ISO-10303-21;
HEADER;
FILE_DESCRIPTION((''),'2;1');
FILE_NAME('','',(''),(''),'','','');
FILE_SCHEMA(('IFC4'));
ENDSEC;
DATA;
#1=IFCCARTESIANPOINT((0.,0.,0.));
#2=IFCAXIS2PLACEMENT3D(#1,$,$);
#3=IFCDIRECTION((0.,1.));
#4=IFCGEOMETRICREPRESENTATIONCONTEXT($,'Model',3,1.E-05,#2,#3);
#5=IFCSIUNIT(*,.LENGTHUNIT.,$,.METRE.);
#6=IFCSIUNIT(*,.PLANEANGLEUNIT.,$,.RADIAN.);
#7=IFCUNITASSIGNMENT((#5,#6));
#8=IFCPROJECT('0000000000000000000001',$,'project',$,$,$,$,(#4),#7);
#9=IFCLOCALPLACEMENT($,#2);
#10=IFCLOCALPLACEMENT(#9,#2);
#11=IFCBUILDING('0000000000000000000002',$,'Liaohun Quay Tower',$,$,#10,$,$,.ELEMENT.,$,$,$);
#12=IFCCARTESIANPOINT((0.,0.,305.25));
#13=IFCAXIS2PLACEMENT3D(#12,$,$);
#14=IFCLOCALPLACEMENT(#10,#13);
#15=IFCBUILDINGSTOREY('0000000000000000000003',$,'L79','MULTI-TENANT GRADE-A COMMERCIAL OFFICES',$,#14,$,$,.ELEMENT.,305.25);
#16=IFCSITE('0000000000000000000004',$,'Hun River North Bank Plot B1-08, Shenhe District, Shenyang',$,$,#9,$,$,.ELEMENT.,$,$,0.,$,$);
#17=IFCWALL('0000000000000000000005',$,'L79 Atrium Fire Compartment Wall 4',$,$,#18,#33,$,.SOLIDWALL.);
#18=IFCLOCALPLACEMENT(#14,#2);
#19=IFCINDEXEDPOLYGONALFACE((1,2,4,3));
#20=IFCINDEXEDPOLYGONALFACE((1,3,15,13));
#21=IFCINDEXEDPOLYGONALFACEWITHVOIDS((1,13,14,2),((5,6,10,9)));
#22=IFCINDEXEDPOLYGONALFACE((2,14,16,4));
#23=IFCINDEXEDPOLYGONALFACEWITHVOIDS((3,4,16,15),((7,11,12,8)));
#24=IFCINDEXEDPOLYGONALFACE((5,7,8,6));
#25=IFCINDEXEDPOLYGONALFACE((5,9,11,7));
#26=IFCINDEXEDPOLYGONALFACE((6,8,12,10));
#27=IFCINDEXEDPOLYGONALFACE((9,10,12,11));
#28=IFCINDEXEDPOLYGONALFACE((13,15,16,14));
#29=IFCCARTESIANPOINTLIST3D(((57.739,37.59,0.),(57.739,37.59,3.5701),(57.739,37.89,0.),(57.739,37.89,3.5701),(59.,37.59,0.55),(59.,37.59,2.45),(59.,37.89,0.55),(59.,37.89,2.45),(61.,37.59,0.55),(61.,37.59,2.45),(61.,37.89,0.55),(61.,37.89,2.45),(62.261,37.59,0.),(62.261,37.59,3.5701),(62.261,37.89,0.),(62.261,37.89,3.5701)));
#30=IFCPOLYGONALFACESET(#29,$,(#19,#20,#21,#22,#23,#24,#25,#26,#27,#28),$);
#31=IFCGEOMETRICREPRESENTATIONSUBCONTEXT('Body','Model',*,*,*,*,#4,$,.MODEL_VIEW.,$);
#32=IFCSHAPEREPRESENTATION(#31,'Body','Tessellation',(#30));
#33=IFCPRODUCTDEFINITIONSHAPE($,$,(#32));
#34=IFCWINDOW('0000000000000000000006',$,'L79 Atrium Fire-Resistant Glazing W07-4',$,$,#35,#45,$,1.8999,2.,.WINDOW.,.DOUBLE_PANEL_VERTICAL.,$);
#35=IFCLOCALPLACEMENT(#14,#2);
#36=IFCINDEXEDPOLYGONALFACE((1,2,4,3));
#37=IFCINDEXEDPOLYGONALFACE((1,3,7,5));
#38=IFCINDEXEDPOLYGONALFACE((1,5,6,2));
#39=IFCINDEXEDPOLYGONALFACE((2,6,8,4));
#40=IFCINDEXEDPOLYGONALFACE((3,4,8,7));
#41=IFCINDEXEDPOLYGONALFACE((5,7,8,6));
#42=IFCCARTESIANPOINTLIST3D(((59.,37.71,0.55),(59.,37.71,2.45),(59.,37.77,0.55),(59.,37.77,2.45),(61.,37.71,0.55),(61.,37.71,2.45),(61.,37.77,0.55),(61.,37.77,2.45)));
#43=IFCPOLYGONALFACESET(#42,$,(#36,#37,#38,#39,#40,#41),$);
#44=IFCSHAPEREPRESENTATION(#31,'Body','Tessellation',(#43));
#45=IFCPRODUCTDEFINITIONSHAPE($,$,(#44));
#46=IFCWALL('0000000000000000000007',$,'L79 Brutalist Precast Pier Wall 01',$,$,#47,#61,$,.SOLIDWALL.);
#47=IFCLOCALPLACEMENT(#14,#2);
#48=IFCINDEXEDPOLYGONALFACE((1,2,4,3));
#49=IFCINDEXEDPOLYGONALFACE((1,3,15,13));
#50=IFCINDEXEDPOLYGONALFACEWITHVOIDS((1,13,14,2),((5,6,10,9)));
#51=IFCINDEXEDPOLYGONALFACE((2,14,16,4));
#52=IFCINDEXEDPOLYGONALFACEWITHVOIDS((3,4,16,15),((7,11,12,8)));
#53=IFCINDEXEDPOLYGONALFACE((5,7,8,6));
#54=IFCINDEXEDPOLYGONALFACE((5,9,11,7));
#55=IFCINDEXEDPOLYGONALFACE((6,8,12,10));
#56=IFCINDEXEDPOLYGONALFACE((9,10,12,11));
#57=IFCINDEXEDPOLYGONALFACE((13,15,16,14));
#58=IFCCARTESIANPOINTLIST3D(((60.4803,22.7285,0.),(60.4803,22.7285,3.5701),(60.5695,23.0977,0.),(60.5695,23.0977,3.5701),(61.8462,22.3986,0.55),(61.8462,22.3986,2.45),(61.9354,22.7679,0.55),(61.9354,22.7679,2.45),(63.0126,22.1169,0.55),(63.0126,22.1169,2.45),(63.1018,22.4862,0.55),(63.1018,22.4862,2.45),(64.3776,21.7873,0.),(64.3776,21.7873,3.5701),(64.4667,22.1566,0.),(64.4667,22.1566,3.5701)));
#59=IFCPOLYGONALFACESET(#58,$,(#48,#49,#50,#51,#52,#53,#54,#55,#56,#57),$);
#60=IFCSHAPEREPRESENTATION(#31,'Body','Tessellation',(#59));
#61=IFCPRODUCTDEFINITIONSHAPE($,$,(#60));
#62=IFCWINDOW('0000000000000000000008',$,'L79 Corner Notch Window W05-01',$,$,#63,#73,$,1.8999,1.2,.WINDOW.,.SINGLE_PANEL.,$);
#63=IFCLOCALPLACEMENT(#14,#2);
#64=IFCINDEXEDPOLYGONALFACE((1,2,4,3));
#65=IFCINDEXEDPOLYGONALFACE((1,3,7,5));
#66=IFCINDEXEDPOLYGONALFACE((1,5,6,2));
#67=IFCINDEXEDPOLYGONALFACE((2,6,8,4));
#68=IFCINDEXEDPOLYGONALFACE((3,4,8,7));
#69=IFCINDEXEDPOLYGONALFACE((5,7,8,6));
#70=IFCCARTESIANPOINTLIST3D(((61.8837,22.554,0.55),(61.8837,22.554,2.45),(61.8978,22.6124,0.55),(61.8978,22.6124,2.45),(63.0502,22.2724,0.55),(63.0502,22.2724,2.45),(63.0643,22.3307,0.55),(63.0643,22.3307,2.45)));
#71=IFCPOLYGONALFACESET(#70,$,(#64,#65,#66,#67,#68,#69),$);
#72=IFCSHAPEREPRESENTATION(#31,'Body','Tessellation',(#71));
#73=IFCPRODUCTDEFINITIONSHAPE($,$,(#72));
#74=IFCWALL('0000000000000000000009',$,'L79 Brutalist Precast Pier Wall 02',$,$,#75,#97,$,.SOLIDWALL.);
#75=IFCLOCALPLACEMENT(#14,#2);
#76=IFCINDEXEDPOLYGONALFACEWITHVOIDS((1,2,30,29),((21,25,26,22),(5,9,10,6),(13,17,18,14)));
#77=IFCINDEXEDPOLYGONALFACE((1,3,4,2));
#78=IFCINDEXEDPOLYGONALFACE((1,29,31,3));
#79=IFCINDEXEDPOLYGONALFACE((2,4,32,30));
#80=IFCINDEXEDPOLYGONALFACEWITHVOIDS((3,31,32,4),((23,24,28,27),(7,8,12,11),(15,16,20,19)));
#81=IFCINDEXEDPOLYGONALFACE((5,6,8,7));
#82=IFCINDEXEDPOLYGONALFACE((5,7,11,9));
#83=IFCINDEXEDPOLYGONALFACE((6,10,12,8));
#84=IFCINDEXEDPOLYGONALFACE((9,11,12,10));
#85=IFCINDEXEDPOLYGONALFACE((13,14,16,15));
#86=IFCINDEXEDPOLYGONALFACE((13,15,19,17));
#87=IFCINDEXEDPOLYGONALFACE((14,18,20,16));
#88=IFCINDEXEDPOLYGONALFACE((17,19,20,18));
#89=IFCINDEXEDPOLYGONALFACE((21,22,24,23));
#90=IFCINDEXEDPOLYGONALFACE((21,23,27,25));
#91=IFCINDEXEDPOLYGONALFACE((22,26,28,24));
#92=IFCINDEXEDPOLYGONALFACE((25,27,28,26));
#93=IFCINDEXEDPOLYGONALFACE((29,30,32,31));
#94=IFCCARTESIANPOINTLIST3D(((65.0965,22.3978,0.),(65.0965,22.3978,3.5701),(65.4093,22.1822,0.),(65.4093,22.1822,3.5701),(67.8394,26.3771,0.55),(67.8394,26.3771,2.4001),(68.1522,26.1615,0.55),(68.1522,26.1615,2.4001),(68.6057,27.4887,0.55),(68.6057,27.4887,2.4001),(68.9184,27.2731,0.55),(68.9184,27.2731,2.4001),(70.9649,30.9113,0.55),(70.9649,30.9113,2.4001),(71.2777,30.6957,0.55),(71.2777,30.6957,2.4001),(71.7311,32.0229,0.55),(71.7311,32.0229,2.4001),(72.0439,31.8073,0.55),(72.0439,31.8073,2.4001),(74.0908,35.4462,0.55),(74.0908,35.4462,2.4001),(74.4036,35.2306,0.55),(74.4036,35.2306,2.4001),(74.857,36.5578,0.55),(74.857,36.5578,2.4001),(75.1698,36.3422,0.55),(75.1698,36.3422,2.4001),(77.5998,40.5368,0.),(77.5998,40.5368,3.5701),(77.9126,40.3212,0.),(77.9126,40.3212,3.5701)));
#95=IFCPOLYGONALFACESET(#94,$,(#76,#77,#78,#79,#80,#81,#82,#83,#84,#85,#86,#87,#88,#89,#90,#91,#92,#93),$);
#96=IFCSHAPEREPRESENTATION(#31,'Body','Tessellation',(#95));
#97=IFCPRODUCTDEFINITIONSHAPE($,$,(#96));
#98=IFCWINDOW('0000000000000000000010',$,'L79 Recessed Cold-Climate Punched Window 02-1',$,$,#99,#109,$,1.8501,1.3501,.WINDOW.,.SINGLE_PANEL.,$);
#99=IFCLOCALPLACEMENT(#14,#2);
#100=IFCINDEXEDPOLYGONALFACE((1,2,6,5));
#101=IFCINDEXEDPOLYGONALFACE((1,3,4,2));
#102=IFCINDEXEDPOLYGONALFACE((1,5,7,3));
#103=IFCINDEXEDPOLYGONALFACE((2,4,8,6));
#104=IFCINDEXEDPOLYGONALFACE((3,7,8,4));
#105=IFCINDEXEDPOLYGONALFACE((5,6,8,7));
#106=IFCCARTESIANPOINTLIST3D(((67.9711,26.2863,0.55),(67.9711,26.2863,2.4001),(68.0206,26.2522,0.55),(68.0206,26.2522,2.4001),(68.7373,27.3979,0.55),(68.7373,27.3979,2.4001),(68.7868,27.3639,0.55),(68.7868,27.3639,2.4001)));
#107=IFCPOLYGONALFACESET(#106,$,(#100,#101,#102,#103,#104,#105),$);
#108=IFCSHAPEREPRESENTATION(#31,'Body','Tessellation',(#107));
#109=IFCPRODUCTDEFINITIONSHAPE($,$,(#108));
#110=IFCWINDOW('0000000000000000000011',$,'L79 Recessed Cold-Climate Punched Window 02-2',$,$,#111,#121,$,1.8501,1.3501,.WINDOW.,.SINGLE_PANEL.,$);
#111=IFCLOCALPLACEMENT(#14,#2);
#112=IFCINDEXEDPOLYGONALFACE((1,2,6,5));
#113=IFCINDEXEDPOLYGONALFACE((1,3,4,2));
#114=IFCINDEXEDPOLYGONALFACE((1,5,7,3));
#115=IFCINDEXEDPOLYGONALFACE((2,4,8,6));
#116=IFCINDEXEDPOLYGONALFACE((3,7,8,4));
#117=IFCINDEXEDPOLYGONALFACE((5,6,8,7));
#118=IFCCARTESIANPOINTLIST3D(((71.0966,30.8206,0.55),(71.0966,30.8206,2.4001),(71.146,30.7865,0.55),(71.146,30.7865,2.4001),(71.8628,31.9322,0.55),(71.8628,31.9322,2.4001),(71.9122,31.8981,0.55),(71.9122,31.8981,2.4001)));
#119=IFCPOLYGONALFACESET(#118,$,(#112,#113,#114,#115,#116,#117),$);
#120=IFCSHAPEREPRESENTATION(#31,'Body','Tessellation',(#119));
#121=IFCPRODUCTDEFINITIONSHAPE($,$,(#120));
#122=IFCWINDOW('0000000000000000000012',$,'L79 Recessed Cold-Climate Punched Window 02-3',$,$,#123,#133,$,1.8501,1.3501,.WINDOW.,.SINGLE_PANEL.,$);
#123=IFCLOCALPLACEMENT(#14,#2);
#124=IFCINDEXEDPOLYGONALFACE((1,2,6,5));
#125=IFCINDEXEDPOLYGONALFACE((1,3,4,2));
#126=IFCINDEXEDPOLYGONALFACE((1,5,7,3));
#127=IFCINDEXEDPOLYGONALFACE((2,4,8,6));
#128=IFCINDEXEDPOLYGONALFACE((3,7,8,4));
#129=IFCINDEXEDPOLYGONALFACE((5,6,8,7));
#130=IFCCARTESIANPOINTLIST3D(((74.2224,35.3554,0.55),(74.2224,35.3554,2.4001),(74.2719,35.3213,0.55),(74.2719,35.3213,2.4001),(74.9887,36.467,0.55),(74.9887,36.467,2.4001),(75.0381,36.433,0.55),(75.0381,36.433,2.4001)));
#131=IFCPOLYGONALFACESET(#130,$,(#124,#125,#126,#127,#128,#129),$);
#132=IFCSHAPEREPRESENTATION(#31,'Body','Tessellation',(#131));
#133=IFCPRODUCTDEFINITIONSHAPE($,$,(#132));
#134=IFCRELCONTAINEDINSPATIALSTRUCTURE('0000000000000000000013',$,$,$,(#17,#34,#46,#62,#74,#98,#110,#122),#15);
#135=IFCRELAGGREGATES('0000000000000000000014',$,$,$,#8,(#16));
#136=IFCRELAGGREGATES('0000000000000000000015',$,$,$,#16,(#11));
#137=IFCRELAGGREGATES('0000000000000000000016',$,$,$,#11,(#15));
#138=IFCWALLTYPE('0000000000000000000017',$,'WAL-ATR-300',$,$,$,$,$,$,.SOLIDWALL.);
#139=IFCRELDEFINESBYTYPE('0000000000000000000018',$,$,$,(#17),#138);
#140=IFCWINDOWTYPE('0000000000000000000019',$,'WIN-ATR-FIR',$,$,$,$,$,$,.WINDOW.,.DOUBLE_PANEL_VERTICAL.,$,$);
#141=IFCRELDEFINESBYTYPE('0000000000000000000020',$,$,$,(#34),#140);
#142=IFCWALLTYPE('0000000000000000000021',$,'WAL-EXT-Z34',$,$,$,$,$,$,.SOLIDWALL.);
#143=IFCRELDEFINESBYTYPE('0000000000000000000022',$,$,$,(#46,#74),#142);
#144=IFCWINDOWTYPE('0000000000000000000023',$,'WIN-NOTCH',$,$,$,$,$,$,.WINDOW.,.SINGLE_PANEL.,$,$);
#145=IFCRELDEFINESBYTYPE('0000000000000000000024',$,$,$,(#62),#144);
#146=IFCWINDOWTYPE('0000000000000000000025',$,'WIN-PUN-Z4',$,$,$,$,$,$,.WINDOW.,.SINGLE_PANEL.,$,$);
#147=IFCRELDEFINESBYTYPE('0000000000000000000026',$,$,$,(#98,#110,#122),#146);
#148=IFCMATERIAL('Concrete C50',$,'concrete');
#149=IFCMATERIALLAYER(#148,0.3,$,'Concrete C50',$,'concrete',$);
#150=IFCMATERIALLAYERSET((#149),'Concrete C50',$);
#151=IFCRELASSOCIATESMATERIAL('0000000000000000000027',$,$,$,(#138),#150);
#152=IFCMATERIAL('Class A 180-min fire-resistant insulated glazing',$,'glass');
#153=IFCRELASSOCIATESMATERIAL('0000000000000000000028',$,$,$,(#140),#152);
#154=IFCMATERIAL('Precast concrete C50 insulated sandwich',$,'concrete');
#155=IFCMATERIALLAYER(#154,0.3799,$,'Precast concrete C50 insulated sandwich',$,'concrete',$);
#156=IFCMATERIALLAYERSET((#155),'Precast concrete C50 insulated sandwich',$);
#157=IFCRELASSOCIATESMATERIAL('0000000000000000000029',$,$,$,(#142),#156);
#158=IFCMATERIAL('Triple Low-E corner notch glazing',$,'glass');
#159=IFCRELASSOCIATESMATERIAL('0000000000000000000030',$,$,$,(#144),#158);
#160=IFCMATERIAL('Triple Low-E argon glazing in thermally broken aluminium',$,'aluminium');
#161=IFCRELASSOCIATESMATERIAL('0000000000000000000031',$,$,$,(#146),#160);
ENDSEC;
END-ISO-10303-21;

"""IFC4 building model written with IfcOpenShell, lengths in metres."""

from ifc_helpers import new_model, si_unit, direction, frame, frame_2d, origin, place, context, subcontext, project, spatial, rectangle, extrude, source, transform, mapped, material, layer, layer_set, type_object, element, fill, save


model = new_model("IFC4")

# Units and contexts
model_context = context("Model", 3, precision=1e-05, world=origin(), true_north=direction((0.0, 1.0)))
body_context = subcontext(model_context, "Body", "Model", "MODEL_VIEW")
ifc_project = project(units=[si_unit("LENGTHUNIT", "METRE"), si_unit("PLANEANGLEUNIT", "RADIAN")], contexts=[model_context])

# Site, building, storey
site_placement = place(None, origin())
site = spatial("IfcSite", under=ifc_project, at=site_placement, Name="Hun River North Bank Plot B1-08, Shenhe District, Shenyang", CompositionType="ELEMENT", RefElevation=0.0)
building_placement = place(site_placement, origin())
building = spatial("IfcBuilding", under=site, at=building_placement, Name="Liaohun Quay Tower", CompositionType="ELEMENT")
storey_placement = place(building_placement, frame((0.0, 0.0, 305.25)))
storey = spatial("IfcBuildingStorey", under=building, at=storey_placement, Name="L79", Description="MULTI-TENANT GRADE-A COMMERCIAL OFFICES", CompositionType="ELEMENT", Elevation=305.25)

# Shared definitions
ifc_material_1 = material(Name="Concrete C50", Category="concrete")

# Walls, openings, windows
ifc_layer_1 = layer(ifc_material_1, 0.3, Name="Concrete C50", Category="concrete")
ifc_layer_set_1 = layer_set([ifc_layer_1], Name="Concrete C50")
wall_type_1 = type_object("IfcWallType", Name="WAL-ATR-300", PredefinedType="SOLIDWALL", material=ifc_layer_set_1)
shared_shape_1 = source(origin(), body_context, "Body", "SweptSolid", [
    extrude(rectangle(XDim=2.0, YDim=1.8999, at=frame_2d((1.0, 0.95))), frame((0.0, 0.1599, 0.0), z_axis=(0.0, -1.0, 0.0), x_axis=(1.0, 0.0, 0.0)), (0.0, 0.0, 1.0), 0.3201),
])
ifc_material_2 = material(Name="Class A 180-min fire-resistant insulated glazing", Category="glass")
window_type_1 = type_object("IfcWindowType", Name="WIN-ATR-FIR", PartitioningType="DOUBLE_PANEL_VERTICAL", PredefinedType="WINDOW", material=ifc_material_2)
shared_shape_2 = source(origin(), body_context, "Body", "SweptSolid", [
    extrude(rectangle(XDim=2.0, YDim=1.8999, at=frame_2d((1.0, 0.95))), frame((0.0, 0.03, 0.0), z_axis=(0.0, -1.0, 0.0), x_axis=(1.0, 0.0, 0.0)), (0.0, 0.0, 1.0), 0.0601),
])
wall_1_placement = place(storey_placement, frame((62.261, 37.74, 0.0), z_axis=(0.0, 0.0, 1.0), x_axis=(-1.0, 0.0, 0.0)))
wall_1 = element("IfcWall", 1, at=wall_1_placement, inside=storey, type_object=wall_type_1, Name="L79 Atrium Fire Compartment Wall 4", PredefinedType="SOLIDWALL", context=body_context, shape_type="SweptSolid", body=[
    extrude(rectangle(XDim=4.522, YDim=0.3, at=frame_2d((2.261, 0.0))), origin(), (0.0, 0.0, 1.0), 3.5701),
])
opening_1_placement = place(wall_1_placement, frame((1.261, 0.0, 0.55)))
opening_1 = element("IfcOpeningElement", 2, at=opening_1_placement, cuts=wall_1, PredefinedType="OPENING", context=body_context, shape_type="MappedRepresentation", body=[
    mapped(shared_shape_1, transform((0.0, 0.0, 0.0), x_axis=(1.0, 0.0, 0.0), y_axis=(0.0, 1.0, 0.0), z_axis=(0.0, 0.0, 1.0), scale=1.0)),
])
window_1_placement = place(opening_1_placement, origin())
window_1 = element("IfcWindow", 3, at=window_1_placement, inside=storey, type_object=window_type_1, Name="L79 Atrium Fire-Resistant Glazing W07-4", OverallHeight=1.8999, OverallWidth=2.0, PartitioningType="DOUBLE_PANEL_VERTICAL", PredefinedType="WINDOW", context=body_context, shape_type="MappedRepresentation", body=[
    mapped(shared_shape_2, transform((0.0, 0.0, 0.0), x_axis=(1.0, 0.0, 0.0), y_axis=(0.0, 1.0, 0.0), z_axis=(0.0, 0.0, 1.0), scale=1.0)),
])
fill(opening_1, window_1)
ifc_material_3 = material(Name="Precast concrete C50 insulated sandwich", Category="concrete")
ifc_layer_2 = layer(ifc_material_3, 0.3799, Name="Precast concrete C50 insulated sandwich", Category="concrete")
ifc_layer_set_2 = layer_set([ifc_layer_2], Name="Precast concrete C50 insulated sandwich")
wall_type_2 = type_object("IfcWallType", Name="WAL-EXT-Z34", PredefinedType="SOLIDWALL", material=ifc_layer_set_2)
wall_2_placement = place(storey_placement, frame((60.5249, 22.9131, 0.0), z_axis=(0.0, 0.0, 1.0), x_axis=(0.972056, -0.234748, 0.0)))
wall_2 = element("IfcWall", 4, at=wall_2_placement, inside=storey, type_object=wall_type_2, Name="L79 Brutalist Precast Pier Wall 01", PredefinedType="SOLIDWALL", context=body_context, shape_type="SweptSolid", body=[
    extrude(rectangle(XDim=4.0093, YDim=0.3799, at=frame_2d((2.0046, 0.0))), origin(), (0.0, 0.0, 1.0), 3.5701),
])
shared_shape_3 = source(origin(), body_context, "Body", "SweptSolid", [
    extrude(rectangle(XDim=1.2, YDim=1.8999, at=frame_2d((0.6001, 0.95))), frame((0.0, 0.2, 0.0), z_axis=(0.0, -1.0, 0.0), x_axis=(1.0, 0.0, 0.0)), (0.0, 0.0, 1.0), 0.3999),
])
opening_2_placement = place(wall_2_placement, frame((1.405, 0.0, 0.55)))
opening_2 = element("IfcOpeningElement", 5, at=opening_2_placement, cuts=wall_2, PredefinedType="OPENING", context=body_context, shape_type="MappedRepresentation", body=[
    mapped(shared_shape_3, transform((0.0, 0.0, 0.0), x_axis=(1.0, 0.0, 0.0), y_axis=(0.0, 1.0, 0.0), z_axis=(0.0, 0.0, 1.0), scale=1.0)),
])
ifc_material_4 = material(Name="Triple Low-E corner notch glazing", Category="glass")
window_type_2 = type_object("IfcWindowType", Name="WIN-NOTCH", PartitioningType="SINGLE_PANEL", PredefinedType="WINDOW", material=ifc_material_4)
shared_shape_4 = source(origin(), body_context, "Body", "SweptSolid", [
    extrude(rectangle(XDim=1.2, YDim=1.8999, at=frame_2d((0.6001, 0.95))), frame((0.0, 0.03, 0.0), z_axis=(0.0, -1.0, 0.0), x_axis=(1.0, 0.0, 0.0)), (0.0, 0.0, 1.0), 0.0601),
])
window_2_placement = place(opening_2_placement, origin())
window_2 = element("IfcWindow", 6, at=window_2_placement, inside=storey, type_object=window_type_2, Name="L79 Corner Notch Window W05-01", OverallHeight=1.8999, OverallWidth=1.2, PartitioningType="SINGLE_PANEL", PredefinedType="WINDOW", context=body_context, shape_type="MappedRepresentation", body=[
    mapped(shared_shape_4, transform((0.0, 0.0, 0.0), x_axis=(1.0, 0.0, 0.0), y_axis=(0.0, 1.0, 0.0), z_axis=(0.0, 0.0, 1.0), scale=1.0)),
])
fill(opening_2, window_2)

# Wall, openings, windows
wall_3_placement = place(storey_placement, frame((65.2529, 22.29, 0.0), z_axis=(0.0, 0.0, 1.0), x_axis=(0.567535, 0.823349, 0.0)))
wall_3 = element("IfcWall", 7, at=wall_3_placement, inside=storey, type_object=wall_type_2, Name="L79 Brutalist Precast Pier Wall 02", PredefinedType="SOLIDWALL", context=body_context, shape_type="SweptSolid", body=[
    extrude(rectangle(XDim=22.0308, YDim=0.3799, at=frame_2d((11.0154, 0.0))), origin(), (0.0, 0.0, 1.0), 3.5701),
])
shared_shape_5 = source(origin(), body_context, "Body", "SweptSolid", [
    extrude(rectangle(XDim=1.3501, YDim=1.8501, at=frame_2d((0.675, 0.925))), frame((0.0, 0.2, 0.0), z_axis=(0.0, -1.0, 0.0), x_axis=(1.0, 0.0, 0.0)), (0.0, 0.0, 1.0), 0.3999),
])
opening_3_placement = place(wall_3_placement, frame((4.833, 0.0, 0.55)))
opening_3 = element("IfcOpeningElement", 8, at=opening_3_placement, cuts=wall_3, PredefinedType="OPENING", context=body_context, shape_type="MappedRepresentation", body=[
    mapped(shared_shape_5, transform((0.0, 0.0, 0.0), x_axis=(1.0, 0.0, 0.0), y_axis=(0.0, 1.0, 0.0), z_axis=(0.0, 0.0, 1.0), scale=1.0)),
])
opening_4_placement = place(wall_3_placement, frame((10.3401, 0.0, 0.55)))
opening_4 = element("IfcOpeningElement", 9, at=opening_4_placement, cuts=wall_3, PredefinedType="OPENING", context=body_context, shape_type="MappedRepresentation", body=[
    mapped(shared_shape_5, transform((0.0, 0.0, 0.0), x_axis=(1.0, 0.0, 0.0), y_axis=(0.0, 1.0, 0.0), z_axis=(0.0, 0.0, 1.0), scale=1.0)),
])
opening_5_placement = place(wall_3_placement, frame((15.8479, 0.0, 0.55)))
opening_5 = element("IfcOpeningElement", 10, at=opening_5_placement, cuts=wall_3, PredefinedType="OPENING", context=body_context, shape_type="MappedRepresentation", body=[
    mapped(shared_shape_5, transform((0.0, 0.0, 0.0), x_axis=(1.0, 0.0, 0.0), y_axis=(0.0, 1.0, 0.0), z_axis=(0.0, 0.0, 1.0), scale=1.0)),
])
ifc_material_5 = material(Name="Triple Low-E argon glazing in thermally broken aluminium", Category="aluminium")
window_type_3 = type_object("IfcWindowType", Name="WIN-PUN-Z4", PartitioningType="SINGLE_PANEL", PredefinedType="WINDOW", material=ifc_material_5)
shared_shape_6 = source(origin(), body_context, "Body", "SweptSolid", [
    extrude(rectangle(XDim=1.3501, YDim=1.8501, at=frame_2d((0.675, 0.925))), frame((0.0, 0.03, 0.0), z_axis=(0.0, -1.0, 0.0), x_axis=(1.0, 0.0, 0.0)), (0.0, 0.0, 1.0), 0.0601),
])
window_3_placement = place(opening_3_placement, origin())
window_3 = element("IfcWindow", 11, at=window_3_placement, inside=storey, type_object=window_type_3, Name="L79 Recessed Cold-Climate Punched Window 02-1", OverallHeight=1.8501, OverallWidth=1.3501, PartitioningType="SINGLE_PANEL", PredefinedType="WINDOW", context=body_context, shape_type="MappedRepresentation", body=[
    mapped(shared_shape_6, transform((0.0, 0.0, 0.0), x_axis=(1.0, 0.0, 0.0), y_axis=(0.0, 1.0, 0.0), z_axis=(0.0, 0.0, 1.0), scale=1.0)),
])
fill(opening_3, window_3)
window_4_placement = place(opening_4_placement, origin())
window_4 = element("IfcWindow", 12, at=window_4_placement, inside=storey, type_object=window_type_3, Name="L79 Recessed Cold-Climate Punched Window 02-2", OverallHeight=1.8501, OverallWidth=1.3501, PartitioningType="SINGLE_PANEL", PredefinedType="WINDOW", context=body_context, shape_type="MappedRepresentation", body=[
    mapped(shared_shape_6, transform((0.0, 0.0, 0.0), x_axis=(1.0, 0.0, 0.0), y_axis=(0.0, 1.0, 0.0), z_axis=(0.0, 0.0, 1.0), scale=1.0)),
])
fill(opening_4, window_4)
window_5_placement = place(opening_5_placement, origin())
window_5 = element("IfcWindow", 13, at=window_5_placement, inside=storey, type_object=window_type_3, Name="L79 Recessed Cold-Climate Punched Window 02-3", OverallHeight=1.8501, OverallWidth=1.3501, PartitioningType="SINGLE_PANEL", PredefinedType="WINDOW", context=body_context, shape_type="MappedRepresentation", body=[
    mapped(shared_shape_6, transform((0.0, 0.0, 0.0), x_axis=(1.0, 0.0, 0.0), y_axis=(0.0, 1.0, 0.0), z_axis=(0.0, 0.0, 1.0), scale=1.0)),
])
fill(opening_5, window_5)

save(model, "model.ifc")
